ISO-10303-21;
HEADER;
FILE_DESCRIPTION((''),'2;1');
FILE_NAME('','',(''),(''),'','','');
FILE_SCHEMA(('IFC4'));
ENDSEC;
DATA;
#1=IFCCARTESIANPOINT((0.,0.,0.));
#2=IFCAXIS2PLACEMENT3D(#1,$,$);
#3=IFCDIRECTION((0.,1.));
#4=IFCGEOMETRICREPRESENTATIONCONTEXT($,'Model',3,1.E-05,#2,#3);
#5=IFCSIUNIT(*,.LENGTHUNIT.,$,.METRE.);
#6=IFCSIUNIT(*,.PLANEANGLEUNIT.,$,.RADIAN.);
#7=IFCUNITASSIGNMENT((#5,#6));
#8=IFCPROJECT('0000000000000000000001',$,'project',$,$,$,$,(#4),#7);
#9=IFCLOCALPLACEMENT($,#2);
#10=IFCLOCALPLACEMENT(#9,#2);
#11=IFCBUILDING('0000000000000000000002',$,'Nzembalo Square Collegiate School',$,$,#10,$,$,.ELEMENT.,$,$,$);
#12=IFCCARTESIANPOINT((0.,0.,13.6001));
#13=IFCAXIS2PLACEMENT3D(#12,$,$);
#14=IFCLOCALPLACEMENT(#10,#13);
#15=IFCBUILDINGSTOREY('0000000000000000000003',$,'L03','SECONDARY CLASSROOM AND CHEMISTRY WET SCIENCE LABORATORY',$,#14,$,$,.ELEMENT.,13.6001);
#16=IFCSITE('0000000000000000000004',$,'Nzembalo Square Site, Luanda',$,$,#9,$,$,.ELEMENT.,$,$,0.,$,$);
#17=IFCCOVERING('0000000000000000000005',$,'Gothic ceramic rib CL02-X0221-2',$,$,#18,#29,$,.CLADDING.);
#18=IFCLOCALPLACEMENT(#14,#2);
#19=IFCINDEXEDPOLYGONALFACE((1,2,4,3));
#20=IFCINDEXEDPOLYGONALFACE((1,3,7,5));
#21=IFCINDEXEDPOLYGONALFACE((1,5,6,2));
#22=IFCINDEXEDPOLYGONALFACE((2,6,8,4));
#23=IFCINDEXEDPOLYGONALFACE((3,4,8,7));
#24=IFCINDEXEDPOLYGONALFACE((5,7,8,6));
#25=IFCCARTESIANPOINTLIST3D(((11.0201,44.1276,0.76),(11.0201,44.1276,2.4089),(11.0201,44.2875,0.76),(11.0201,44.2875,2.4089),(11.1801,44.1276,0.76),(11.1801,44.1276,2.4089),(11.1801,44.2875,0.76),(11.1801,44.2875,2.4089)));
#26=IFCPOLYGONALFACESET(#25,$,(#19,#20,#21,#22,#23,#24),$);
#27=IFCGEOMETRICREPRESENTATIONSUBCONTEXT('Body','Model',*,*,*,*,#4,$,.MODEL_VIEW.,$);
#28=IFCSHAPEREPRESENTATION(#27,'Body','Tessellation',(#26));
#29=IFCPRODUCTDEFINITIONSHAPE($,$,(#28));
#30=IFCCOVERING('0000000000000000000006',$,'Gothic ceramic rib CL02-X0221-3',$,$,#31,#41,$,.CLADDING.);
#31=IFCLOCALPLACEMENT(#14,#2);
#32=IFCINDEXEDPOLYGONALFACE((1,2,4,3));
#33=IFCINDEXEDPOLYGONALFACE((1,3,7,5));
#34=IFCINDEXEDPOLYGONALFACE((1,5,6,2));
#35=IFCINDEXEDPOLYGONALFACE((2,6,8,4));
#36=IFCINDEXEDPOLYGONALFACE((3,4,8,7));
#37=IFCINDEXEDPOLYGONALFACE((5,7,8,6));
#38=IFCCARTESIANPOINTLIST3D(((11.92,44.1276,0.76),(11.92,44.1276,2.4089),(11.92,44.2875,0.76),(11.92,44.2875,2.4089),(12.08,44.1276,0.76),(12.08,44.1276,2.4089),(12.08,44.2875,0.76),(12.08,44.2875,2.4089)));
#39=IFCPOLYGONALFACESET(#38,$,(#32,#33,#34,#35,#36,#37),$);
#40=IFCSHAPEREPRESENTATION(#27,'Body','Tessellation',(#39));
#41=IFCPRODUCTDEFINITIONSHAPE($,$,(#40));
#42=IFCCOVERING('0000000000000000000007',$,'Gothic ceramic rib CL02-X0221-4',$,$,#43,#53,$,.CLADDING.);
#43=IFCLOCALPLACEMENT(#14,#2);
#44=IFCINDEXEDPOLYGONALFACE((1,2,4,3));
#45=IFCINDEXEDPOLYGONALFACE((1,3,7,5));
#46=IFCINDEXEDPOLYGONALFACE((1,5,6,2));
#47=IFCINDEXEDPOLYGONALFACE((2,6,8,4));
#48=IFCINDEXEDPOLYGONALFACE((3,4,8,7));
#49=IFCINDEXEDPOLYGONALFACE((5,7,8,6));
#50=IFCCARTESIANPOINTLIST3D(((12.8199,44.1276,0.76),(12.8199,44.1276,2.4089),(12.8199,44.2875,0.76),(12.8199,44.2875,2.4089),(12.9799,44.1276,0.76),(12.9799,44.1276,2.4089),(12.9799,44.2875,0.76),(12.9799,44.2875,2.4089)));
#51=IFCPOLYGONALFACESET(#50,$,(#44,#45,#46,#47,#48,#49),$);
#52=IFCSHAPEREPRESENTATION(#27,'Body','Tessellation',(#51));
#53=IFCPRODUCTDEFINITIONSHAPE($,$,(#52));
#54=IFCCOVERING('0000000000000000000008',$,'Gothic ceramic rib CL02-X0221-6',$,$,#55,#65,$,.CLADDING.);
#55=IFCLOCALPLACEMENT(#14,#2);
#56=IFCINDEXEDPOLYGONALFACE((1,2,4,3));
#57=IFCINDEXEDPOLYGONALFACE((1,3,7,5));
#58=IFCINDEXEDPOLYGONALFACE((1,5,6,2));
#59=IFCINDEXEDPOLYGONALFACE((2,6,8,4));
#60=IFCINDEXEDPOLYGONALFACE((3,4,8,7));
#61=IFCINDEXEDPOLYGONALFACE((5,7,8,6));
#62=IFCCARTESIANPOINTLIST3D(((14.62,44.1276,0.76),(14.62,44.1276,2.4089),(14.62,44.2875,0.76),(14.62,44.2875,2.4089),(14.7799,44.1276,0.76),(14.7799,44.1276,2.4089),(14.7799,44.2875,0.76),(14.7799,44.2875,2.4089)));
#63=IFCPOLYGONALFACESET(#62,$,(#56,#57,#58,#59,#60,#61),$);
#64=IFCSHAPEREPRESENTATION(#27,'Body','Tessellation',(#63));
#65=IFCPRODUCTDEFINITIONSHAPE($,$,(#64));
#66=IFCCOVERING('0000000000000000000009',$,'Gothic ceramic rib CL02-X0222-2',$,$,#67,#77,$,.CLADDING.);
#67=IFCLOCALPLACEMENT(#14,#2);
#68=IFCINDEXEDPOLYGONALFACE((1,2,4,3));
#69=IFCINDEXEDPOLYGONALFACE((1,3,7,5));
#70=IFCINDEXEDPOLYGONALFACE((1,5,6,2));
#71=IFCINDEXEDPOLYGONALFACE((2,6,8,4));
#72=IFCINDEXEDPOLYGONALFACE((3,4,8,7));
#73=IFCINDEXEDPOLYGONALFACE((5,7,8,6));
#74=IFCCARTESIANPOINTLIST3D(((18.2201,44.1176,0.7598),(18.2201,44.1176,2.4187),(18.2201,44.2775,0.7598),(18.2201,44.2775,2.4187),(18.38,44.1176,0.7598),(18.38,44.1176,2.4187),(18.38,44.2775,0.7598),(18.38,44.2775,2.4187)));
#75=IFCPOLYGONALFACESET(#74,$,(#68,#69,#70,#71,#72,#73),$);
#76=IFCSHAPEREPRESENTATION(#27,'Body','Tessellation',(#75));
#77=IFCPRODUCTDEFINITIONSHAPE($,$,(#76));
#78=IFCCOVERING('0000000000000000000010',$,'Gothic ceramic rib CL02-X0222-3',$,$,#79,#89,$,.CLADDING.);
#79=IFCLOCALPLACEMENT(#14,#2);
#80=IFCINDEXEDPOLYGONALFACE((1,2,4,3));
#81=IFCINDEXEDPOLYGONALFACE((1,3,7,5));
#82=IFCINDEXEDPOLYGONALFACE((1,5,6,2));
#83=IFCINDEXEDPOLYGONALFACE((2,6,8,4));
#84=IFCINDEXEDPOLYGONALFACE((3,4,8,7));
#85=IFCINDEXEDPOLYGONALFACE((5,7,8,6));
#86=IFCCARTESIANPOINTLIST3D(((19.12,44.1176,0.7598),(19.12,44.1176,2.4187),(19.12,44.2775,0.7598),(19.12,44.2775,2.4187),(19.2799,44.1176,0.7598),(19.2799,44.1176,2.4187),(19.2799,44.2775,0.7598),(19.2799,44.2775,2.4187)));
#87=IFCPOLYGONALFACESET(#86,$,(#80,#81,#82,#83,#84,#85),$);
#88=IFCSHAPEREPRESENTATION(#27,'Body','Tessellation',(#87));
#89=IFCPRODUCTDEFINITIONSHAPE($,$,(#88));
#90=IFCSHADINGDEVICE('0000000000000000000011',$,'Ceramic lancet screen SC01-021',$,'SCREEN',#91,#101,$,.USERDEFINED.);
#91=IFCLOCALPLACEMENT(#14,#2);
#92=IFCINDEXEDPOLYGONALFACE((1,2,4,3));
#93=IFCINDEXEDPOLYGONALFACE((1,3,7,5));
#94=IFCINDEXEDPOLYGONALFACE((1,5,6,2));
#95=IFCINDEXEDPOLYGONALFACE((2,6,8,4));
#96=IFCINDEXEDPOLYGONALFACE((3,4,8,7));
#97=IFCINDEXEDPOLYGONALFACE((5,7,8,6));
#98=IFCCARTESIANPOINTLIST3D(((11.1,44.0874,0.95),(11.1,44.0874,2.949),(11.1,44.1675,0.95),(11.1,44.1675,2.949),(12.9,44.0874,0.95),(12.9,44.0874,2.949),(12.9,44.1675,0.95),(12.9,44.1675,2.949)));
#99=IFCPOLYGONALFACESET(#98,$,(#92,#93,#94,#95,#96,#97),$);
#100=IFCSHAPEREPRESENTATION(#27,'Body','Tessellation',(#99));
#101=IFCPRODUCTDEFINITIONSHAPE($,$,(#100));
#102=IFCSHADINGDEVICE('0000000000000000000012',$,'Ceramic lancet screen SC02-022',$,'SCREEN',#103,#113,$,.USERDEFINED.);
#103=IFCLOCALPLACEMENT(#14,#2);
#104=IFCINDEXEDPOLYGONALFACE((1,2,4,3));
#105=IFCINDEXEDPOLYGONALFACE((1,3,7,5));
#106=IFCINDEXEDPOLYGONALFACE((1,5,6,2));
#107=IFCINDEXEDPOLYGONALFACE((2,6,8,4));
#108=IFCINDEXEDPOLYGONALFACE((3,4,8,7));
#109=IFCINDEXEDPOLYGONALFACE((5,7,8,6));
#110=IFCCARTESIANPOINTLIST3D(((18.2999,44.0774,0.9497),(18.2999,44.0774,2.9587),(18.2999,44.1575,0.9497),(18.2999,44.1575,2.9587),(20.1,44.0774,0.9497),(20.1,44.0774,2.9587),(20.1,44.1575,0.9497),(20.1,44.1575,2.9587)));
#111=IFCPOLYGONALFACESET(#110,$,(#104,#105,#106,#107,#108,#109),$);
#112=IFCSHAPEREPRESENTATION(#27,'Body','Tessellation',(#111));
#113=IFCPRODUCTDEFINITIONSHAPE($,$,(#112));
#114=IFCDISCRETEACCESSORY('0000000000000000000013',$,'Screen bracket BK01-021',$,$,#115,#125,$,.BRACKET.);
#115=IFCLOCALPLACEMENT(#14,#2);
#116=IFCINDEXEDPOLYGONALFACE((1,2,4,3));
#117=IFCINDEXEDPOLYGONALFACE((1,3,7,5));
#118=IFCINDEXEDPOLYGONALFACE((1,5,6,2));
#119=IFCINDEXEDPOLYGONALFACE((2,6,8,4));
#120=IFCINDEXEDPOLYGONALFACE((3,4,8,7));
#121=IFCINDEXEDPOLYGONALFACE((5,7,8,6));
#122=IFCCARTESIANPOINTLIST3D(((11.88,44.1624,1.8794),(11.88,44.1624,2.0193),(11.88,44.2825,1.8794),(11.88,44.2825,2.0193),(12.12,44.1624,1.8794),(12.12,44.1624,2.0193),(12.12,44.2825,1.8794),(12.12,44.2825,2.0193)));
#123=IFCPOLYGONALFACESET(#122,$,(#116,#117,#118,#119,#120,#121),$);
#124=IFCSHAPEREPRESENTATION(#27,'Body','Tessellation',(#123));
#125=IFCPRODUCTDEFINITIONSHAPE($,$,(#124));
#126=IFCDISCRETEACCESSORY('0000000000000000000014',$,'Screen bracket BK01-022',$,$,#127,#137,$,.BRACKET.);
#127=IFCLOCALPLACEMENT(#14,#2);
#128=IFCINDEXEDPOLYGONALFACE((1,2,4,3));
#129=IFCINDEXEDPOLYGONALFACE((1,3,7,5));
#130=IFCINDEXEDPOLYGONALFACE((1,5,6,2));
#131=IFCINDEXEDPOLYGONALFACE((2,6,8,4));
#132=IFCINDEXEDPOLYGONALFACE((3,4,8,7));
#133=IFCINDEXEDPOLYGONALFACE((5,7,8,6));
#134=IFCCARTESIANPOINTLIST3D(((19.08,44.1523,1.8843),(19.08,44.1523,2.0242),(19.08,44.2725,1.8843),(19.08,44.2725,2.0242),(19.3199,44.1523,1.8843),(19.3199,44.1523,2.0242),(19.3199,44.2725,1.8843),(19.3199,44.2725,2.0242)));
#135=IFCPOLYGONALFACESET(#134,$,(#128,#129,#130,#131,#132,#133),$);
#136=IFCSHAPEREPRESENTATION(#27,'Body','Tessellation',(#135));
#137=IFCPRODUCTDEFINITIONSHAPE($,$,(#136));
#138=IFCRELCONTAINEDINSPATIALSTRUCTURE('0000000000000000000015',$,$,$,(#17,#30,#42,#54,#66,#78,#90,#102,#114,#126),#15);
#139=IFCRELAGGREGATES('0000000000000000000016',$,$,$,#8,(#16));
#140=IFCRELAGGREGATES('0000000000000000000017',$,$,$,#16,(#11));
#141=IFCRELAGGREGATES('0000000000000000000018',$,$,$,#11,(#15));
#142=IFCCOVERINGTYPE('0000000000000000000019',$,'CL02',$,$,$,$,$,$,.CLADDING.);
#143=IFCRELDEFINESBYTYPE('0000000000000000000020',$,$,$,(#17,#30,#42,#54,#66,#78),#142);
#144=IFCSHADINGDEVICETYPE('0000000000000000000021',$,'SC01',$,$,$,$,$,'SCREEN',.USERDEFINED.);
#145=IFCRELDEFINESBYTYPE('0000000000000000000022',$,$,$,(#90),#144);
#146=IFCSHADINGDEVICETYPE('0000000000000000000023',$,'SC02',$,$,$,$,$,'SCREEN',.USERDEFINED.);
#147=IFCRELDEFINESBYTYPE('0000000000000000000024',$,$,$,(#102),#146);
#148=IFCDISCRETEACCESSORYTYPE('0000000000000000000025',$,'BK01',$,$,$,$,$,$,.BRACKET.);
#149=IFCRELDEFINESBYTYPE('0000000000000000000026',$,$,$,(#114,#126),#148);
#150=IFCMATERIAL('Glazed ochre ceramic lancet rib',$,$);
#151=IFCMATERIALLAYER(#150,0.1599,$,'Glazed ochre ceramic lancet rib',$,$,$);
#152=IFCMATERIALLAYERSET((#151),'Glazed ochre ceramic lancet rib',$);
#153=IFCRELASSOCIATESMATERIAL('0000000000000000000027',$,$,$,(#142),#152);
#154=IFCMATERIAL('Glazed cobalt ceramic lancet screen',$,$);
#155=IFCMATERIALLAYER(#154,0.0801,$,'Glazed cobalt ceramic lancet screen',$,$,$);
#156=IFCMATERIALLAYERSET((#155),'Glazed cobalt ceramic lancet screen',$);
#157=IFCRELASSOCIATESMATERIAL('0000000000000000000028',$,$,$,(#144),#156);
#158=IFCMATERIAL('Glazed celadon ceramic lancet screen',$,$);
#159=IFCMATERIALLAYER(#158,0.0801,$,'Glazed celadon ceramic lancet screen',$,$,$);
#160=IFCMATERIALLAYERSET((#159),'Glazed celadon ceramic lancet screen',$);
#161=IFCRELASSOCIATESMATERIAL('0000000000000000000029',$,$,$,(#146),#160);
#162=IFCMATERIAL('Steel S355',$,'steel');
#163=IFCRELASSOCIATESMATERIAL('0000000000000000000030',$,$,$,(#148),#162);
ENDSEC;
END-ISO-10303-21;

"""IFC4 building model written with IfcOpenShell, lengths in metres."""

from ifc_helpers import new_model, si_unit, direction, frame, origin, origin_2d, place, context, subcontext, project, spatial, rectangle, extrude, material, layer, layer_set, type_object, element, save


model = new_model("IFC4")

# Units and contexts
model_context = context("Model", 3, precision=1e-05, world=origin(), true_north=direction((0.0, 1.0)))
body_context = subcontext(model_context, "Body", "Model", "MODEL_VIEW")
ifc_project = project(units=[si_unit("LENGTHUNIT", "METRE"), si_unit("PLANEANGLEUNIT", "RADIAN")], contexts=[model_context])

# Site, building, storey
site_placement = place(None, origin())
site = spatial("IfcSite", under=ifc_project, at=site_placement, Name="Nzembalo Square Site, Luanda", CompositionType="ELEMENT", RefElevation=0.0)
building_placement = place(site_placement, origin())
building = spatial("IfcBuilding", under=site, at=building_placement, Name="Nzembalo Square Collegiate School", CompositionType="ELEMENT")
storey_placement = place(building_placement, frame((0.0, 0.0, 13.6001)))
storey = spatial("IfcBuildingStorey", under=building, at=storey_placement, Name="L03", Description="SECONDARY CLASSROOM AND CHEMISTRY WET SCIENCE LABORATORY", CompositionType="ELEMENT", Elevation=13.6001)

# Coverings
ifc_material_1 = material(Name="Glazed ochre ceramic lancet rib")
ifc_layer_1 = layer(ifc_material_1, 0.1599, Name="Glazed ochre ceramic lancet rib")
ifc_layer_set_1 = layer_set([ifc_layer_1], Name="Glazed ochre ceramic lancet rib")
covering_type_1 = type_object("IfcCoveringType", Name="CL02", PredefinedType="CLADDING", material=ifc_layer_set_1)
for number, where, z_axis, x_axis, name in (
    (1, (11.1001, 44.2075, 0.76), (0.0, 0.0, 1.0), (1.0, 0.0, 0.0), "Gothic ceramic rib CL02-X0221-2"),
    (2, (12.0, 44.2075, 0.76), (0.0, 0.0, 1.0), (1.0, 0.0, 0.0), "Gothic ceramic rib CL02-X0221-3"),
    (3, (12.8999, 44.2075, 0.76), (0.0, 0.0, 1.0), (1.0, 0.0, 0.0), "Gothic ceramic rib CL02-X0221-4"),
    (4, (14.7, 44.2075, 0.76), (0.0, 0.0, 1.0), (1.0, 0.0, 0.0), "Gothic ceramic rib CL02-X0221-6"),
):
    element("IfcCovering", number, at=place(storey_placement, frame(where, z_axis=z_axis, x_axis=x_axis)), inside=storey, type_object=covering_type_1, Name=name, PredefinedType="CLADDING", context=body_context, shape_type="SweptSolid", body=[
        extrude(rectangle(XDim=0.1599, YDim=0.1599, at=origin_2d()), origin(), (0.0, 0.0, 1.0), 1.6489),
    ])
for number, where, z_axis, x_axis, name in (
    (5, (18.3, 44.1975, 0.7598), (0.0, 0.0, 1.0), (1.0, 0.0, 0.0), "Gothic ceramic rib CL02-X0222-2"),
    (6, (19.2, 44.1975, 0.7598), (0.0, 0.0, 1.0), (1.0, 0.0, 0.0), "Gothic ceramic rib CL02-X0222-3"),
):
    element("IfcCovering", number, at=place(storey_placement, frame(where, z_axis=z_axis, x_axis=x_axis)), inside=storey, type_object=covering_type_1, Name=name, PredefinedType="CLADDING", context=body_context, shape_type="SweptSolid", body=[
        extrude(rectangle(XDim=0.1599, YDim=0.1599, at=origin_2d()), origin(), (0.0, 0.0, 1.0), 1.6589),
    ])

# Shading devices
ifc_material_2 = material(Name="Glazed cobalt ceramic lancet screen")
ifc_layer_2 = layer(ifc_material_2, 0.0801, Name="Glazed cobalt ceramic lancet screen")
ifc_layer_set_2 = layer_set([ifc_layer_2], Name="Glazed cobalt ceramic lancet screen")
shading_device_type_1 = type_object("IfcShadingDeviceType", Name="SC01", ElementType="SCREEN", PredefinedType="USERDEFINED", material=ifc_layer_set_2)
shading_device_1_placement = place(storey_placement, frame((12.0, 44.1274, 0.95), z_axis=(0.0, 0.0, 1.0), x_axis=(1.0, 0.0, 0.0)))
element("IfcShadingDevice", 7, at=shading_device_1_placement, inside=storey, type_object=shading_device_type_1, Name="Ceramic lancet screen SC01-021", ObjectType="SCREEN", PredefinedType="USERDEFINED", context=body_context, shape_type="SweptSolid", body=[
    extrude(rectangle(XDim=1.8, YDim=0.0801, at=origin_2d()), origin(), (0.0, 0.0, 1.0), 1.999),
])
ifc_material_3 = material(Name="Glazed celadon ceramic lancet screen")
ifc_layer_3 = layer(ifc_material_3, 0.0801, Name="Glazed celadon ceramic lancet screen")
ifc_layer_set_3 = layer_set([ifc_layer_3], Name="Glazed celadon ceramic lancet screen")
shading_device_type_2 = type_object("IfcShadingDeviceType", Name="SC02", ElementType="SCREEN", PredefinedType="USERDEFINED", material=ifc_layer_set_3)
shading_device_2_placement = place(storey_placement, frame((19.2, 44.1174, 0.9497), z_axis=(0.0, 0.0, 1.0), x_axis=(1.0, 0.0, 0.0)))
element("IfcShadingDevice", 8, at=shading_device_2_placement, inside=storey, type_object=shading_device_type_2, Name="Ceramic lancet screen SC02-022", ObjectType="SCREEN", PredefinedType="USERDEFINED", context=body_context, shape_type="SweptSolid", body=[
    extrude(rectangle(XDim=1.8, YDim=0.0801, at=origin_2d()), origin(), (0.0, 0.0, 1.0), 2.009),
])

# Discrete accessories
ifc_material_4 = material(Name="Steel S355", Category="steel")
discrete_accessory_type = type_object("IfcDiscreteAccessoryType", Name="BK01", PredefinedType="BRACKET", material=ifc_material_4)
for number, where, z_axis, x_axis, name in (
    (9, (12.0, 44.2224, 1.8794), (0.0, 0.0, 1.0), (1.0, 0.0, 0.0), "Screen bracket BK01-021"),
    (10, (19.2, 44.2124, 1.8843), (0.0, 0.0, 1.0), (1.0, 0.0, 0.0), "Screen bracket BK01-022"),
):
    element("IfcDiscreteAccessory", number, at=place(storey_placement, frame(where, z_axis=z_axis, x_axis=x_axis)), inside=storey, type_object=discrete_accessory_type, Name=name, PredefinedType="BRACKET", context=body_context, shape_type="SweptSolid", body=[
        extrude(rectangle(XDim=0.24, YDim=0.1201, at=origin_2d()), origin(), (0.0, 0.0, 1.0), 0.1399),
    ])

save(model, "model.ifc")
